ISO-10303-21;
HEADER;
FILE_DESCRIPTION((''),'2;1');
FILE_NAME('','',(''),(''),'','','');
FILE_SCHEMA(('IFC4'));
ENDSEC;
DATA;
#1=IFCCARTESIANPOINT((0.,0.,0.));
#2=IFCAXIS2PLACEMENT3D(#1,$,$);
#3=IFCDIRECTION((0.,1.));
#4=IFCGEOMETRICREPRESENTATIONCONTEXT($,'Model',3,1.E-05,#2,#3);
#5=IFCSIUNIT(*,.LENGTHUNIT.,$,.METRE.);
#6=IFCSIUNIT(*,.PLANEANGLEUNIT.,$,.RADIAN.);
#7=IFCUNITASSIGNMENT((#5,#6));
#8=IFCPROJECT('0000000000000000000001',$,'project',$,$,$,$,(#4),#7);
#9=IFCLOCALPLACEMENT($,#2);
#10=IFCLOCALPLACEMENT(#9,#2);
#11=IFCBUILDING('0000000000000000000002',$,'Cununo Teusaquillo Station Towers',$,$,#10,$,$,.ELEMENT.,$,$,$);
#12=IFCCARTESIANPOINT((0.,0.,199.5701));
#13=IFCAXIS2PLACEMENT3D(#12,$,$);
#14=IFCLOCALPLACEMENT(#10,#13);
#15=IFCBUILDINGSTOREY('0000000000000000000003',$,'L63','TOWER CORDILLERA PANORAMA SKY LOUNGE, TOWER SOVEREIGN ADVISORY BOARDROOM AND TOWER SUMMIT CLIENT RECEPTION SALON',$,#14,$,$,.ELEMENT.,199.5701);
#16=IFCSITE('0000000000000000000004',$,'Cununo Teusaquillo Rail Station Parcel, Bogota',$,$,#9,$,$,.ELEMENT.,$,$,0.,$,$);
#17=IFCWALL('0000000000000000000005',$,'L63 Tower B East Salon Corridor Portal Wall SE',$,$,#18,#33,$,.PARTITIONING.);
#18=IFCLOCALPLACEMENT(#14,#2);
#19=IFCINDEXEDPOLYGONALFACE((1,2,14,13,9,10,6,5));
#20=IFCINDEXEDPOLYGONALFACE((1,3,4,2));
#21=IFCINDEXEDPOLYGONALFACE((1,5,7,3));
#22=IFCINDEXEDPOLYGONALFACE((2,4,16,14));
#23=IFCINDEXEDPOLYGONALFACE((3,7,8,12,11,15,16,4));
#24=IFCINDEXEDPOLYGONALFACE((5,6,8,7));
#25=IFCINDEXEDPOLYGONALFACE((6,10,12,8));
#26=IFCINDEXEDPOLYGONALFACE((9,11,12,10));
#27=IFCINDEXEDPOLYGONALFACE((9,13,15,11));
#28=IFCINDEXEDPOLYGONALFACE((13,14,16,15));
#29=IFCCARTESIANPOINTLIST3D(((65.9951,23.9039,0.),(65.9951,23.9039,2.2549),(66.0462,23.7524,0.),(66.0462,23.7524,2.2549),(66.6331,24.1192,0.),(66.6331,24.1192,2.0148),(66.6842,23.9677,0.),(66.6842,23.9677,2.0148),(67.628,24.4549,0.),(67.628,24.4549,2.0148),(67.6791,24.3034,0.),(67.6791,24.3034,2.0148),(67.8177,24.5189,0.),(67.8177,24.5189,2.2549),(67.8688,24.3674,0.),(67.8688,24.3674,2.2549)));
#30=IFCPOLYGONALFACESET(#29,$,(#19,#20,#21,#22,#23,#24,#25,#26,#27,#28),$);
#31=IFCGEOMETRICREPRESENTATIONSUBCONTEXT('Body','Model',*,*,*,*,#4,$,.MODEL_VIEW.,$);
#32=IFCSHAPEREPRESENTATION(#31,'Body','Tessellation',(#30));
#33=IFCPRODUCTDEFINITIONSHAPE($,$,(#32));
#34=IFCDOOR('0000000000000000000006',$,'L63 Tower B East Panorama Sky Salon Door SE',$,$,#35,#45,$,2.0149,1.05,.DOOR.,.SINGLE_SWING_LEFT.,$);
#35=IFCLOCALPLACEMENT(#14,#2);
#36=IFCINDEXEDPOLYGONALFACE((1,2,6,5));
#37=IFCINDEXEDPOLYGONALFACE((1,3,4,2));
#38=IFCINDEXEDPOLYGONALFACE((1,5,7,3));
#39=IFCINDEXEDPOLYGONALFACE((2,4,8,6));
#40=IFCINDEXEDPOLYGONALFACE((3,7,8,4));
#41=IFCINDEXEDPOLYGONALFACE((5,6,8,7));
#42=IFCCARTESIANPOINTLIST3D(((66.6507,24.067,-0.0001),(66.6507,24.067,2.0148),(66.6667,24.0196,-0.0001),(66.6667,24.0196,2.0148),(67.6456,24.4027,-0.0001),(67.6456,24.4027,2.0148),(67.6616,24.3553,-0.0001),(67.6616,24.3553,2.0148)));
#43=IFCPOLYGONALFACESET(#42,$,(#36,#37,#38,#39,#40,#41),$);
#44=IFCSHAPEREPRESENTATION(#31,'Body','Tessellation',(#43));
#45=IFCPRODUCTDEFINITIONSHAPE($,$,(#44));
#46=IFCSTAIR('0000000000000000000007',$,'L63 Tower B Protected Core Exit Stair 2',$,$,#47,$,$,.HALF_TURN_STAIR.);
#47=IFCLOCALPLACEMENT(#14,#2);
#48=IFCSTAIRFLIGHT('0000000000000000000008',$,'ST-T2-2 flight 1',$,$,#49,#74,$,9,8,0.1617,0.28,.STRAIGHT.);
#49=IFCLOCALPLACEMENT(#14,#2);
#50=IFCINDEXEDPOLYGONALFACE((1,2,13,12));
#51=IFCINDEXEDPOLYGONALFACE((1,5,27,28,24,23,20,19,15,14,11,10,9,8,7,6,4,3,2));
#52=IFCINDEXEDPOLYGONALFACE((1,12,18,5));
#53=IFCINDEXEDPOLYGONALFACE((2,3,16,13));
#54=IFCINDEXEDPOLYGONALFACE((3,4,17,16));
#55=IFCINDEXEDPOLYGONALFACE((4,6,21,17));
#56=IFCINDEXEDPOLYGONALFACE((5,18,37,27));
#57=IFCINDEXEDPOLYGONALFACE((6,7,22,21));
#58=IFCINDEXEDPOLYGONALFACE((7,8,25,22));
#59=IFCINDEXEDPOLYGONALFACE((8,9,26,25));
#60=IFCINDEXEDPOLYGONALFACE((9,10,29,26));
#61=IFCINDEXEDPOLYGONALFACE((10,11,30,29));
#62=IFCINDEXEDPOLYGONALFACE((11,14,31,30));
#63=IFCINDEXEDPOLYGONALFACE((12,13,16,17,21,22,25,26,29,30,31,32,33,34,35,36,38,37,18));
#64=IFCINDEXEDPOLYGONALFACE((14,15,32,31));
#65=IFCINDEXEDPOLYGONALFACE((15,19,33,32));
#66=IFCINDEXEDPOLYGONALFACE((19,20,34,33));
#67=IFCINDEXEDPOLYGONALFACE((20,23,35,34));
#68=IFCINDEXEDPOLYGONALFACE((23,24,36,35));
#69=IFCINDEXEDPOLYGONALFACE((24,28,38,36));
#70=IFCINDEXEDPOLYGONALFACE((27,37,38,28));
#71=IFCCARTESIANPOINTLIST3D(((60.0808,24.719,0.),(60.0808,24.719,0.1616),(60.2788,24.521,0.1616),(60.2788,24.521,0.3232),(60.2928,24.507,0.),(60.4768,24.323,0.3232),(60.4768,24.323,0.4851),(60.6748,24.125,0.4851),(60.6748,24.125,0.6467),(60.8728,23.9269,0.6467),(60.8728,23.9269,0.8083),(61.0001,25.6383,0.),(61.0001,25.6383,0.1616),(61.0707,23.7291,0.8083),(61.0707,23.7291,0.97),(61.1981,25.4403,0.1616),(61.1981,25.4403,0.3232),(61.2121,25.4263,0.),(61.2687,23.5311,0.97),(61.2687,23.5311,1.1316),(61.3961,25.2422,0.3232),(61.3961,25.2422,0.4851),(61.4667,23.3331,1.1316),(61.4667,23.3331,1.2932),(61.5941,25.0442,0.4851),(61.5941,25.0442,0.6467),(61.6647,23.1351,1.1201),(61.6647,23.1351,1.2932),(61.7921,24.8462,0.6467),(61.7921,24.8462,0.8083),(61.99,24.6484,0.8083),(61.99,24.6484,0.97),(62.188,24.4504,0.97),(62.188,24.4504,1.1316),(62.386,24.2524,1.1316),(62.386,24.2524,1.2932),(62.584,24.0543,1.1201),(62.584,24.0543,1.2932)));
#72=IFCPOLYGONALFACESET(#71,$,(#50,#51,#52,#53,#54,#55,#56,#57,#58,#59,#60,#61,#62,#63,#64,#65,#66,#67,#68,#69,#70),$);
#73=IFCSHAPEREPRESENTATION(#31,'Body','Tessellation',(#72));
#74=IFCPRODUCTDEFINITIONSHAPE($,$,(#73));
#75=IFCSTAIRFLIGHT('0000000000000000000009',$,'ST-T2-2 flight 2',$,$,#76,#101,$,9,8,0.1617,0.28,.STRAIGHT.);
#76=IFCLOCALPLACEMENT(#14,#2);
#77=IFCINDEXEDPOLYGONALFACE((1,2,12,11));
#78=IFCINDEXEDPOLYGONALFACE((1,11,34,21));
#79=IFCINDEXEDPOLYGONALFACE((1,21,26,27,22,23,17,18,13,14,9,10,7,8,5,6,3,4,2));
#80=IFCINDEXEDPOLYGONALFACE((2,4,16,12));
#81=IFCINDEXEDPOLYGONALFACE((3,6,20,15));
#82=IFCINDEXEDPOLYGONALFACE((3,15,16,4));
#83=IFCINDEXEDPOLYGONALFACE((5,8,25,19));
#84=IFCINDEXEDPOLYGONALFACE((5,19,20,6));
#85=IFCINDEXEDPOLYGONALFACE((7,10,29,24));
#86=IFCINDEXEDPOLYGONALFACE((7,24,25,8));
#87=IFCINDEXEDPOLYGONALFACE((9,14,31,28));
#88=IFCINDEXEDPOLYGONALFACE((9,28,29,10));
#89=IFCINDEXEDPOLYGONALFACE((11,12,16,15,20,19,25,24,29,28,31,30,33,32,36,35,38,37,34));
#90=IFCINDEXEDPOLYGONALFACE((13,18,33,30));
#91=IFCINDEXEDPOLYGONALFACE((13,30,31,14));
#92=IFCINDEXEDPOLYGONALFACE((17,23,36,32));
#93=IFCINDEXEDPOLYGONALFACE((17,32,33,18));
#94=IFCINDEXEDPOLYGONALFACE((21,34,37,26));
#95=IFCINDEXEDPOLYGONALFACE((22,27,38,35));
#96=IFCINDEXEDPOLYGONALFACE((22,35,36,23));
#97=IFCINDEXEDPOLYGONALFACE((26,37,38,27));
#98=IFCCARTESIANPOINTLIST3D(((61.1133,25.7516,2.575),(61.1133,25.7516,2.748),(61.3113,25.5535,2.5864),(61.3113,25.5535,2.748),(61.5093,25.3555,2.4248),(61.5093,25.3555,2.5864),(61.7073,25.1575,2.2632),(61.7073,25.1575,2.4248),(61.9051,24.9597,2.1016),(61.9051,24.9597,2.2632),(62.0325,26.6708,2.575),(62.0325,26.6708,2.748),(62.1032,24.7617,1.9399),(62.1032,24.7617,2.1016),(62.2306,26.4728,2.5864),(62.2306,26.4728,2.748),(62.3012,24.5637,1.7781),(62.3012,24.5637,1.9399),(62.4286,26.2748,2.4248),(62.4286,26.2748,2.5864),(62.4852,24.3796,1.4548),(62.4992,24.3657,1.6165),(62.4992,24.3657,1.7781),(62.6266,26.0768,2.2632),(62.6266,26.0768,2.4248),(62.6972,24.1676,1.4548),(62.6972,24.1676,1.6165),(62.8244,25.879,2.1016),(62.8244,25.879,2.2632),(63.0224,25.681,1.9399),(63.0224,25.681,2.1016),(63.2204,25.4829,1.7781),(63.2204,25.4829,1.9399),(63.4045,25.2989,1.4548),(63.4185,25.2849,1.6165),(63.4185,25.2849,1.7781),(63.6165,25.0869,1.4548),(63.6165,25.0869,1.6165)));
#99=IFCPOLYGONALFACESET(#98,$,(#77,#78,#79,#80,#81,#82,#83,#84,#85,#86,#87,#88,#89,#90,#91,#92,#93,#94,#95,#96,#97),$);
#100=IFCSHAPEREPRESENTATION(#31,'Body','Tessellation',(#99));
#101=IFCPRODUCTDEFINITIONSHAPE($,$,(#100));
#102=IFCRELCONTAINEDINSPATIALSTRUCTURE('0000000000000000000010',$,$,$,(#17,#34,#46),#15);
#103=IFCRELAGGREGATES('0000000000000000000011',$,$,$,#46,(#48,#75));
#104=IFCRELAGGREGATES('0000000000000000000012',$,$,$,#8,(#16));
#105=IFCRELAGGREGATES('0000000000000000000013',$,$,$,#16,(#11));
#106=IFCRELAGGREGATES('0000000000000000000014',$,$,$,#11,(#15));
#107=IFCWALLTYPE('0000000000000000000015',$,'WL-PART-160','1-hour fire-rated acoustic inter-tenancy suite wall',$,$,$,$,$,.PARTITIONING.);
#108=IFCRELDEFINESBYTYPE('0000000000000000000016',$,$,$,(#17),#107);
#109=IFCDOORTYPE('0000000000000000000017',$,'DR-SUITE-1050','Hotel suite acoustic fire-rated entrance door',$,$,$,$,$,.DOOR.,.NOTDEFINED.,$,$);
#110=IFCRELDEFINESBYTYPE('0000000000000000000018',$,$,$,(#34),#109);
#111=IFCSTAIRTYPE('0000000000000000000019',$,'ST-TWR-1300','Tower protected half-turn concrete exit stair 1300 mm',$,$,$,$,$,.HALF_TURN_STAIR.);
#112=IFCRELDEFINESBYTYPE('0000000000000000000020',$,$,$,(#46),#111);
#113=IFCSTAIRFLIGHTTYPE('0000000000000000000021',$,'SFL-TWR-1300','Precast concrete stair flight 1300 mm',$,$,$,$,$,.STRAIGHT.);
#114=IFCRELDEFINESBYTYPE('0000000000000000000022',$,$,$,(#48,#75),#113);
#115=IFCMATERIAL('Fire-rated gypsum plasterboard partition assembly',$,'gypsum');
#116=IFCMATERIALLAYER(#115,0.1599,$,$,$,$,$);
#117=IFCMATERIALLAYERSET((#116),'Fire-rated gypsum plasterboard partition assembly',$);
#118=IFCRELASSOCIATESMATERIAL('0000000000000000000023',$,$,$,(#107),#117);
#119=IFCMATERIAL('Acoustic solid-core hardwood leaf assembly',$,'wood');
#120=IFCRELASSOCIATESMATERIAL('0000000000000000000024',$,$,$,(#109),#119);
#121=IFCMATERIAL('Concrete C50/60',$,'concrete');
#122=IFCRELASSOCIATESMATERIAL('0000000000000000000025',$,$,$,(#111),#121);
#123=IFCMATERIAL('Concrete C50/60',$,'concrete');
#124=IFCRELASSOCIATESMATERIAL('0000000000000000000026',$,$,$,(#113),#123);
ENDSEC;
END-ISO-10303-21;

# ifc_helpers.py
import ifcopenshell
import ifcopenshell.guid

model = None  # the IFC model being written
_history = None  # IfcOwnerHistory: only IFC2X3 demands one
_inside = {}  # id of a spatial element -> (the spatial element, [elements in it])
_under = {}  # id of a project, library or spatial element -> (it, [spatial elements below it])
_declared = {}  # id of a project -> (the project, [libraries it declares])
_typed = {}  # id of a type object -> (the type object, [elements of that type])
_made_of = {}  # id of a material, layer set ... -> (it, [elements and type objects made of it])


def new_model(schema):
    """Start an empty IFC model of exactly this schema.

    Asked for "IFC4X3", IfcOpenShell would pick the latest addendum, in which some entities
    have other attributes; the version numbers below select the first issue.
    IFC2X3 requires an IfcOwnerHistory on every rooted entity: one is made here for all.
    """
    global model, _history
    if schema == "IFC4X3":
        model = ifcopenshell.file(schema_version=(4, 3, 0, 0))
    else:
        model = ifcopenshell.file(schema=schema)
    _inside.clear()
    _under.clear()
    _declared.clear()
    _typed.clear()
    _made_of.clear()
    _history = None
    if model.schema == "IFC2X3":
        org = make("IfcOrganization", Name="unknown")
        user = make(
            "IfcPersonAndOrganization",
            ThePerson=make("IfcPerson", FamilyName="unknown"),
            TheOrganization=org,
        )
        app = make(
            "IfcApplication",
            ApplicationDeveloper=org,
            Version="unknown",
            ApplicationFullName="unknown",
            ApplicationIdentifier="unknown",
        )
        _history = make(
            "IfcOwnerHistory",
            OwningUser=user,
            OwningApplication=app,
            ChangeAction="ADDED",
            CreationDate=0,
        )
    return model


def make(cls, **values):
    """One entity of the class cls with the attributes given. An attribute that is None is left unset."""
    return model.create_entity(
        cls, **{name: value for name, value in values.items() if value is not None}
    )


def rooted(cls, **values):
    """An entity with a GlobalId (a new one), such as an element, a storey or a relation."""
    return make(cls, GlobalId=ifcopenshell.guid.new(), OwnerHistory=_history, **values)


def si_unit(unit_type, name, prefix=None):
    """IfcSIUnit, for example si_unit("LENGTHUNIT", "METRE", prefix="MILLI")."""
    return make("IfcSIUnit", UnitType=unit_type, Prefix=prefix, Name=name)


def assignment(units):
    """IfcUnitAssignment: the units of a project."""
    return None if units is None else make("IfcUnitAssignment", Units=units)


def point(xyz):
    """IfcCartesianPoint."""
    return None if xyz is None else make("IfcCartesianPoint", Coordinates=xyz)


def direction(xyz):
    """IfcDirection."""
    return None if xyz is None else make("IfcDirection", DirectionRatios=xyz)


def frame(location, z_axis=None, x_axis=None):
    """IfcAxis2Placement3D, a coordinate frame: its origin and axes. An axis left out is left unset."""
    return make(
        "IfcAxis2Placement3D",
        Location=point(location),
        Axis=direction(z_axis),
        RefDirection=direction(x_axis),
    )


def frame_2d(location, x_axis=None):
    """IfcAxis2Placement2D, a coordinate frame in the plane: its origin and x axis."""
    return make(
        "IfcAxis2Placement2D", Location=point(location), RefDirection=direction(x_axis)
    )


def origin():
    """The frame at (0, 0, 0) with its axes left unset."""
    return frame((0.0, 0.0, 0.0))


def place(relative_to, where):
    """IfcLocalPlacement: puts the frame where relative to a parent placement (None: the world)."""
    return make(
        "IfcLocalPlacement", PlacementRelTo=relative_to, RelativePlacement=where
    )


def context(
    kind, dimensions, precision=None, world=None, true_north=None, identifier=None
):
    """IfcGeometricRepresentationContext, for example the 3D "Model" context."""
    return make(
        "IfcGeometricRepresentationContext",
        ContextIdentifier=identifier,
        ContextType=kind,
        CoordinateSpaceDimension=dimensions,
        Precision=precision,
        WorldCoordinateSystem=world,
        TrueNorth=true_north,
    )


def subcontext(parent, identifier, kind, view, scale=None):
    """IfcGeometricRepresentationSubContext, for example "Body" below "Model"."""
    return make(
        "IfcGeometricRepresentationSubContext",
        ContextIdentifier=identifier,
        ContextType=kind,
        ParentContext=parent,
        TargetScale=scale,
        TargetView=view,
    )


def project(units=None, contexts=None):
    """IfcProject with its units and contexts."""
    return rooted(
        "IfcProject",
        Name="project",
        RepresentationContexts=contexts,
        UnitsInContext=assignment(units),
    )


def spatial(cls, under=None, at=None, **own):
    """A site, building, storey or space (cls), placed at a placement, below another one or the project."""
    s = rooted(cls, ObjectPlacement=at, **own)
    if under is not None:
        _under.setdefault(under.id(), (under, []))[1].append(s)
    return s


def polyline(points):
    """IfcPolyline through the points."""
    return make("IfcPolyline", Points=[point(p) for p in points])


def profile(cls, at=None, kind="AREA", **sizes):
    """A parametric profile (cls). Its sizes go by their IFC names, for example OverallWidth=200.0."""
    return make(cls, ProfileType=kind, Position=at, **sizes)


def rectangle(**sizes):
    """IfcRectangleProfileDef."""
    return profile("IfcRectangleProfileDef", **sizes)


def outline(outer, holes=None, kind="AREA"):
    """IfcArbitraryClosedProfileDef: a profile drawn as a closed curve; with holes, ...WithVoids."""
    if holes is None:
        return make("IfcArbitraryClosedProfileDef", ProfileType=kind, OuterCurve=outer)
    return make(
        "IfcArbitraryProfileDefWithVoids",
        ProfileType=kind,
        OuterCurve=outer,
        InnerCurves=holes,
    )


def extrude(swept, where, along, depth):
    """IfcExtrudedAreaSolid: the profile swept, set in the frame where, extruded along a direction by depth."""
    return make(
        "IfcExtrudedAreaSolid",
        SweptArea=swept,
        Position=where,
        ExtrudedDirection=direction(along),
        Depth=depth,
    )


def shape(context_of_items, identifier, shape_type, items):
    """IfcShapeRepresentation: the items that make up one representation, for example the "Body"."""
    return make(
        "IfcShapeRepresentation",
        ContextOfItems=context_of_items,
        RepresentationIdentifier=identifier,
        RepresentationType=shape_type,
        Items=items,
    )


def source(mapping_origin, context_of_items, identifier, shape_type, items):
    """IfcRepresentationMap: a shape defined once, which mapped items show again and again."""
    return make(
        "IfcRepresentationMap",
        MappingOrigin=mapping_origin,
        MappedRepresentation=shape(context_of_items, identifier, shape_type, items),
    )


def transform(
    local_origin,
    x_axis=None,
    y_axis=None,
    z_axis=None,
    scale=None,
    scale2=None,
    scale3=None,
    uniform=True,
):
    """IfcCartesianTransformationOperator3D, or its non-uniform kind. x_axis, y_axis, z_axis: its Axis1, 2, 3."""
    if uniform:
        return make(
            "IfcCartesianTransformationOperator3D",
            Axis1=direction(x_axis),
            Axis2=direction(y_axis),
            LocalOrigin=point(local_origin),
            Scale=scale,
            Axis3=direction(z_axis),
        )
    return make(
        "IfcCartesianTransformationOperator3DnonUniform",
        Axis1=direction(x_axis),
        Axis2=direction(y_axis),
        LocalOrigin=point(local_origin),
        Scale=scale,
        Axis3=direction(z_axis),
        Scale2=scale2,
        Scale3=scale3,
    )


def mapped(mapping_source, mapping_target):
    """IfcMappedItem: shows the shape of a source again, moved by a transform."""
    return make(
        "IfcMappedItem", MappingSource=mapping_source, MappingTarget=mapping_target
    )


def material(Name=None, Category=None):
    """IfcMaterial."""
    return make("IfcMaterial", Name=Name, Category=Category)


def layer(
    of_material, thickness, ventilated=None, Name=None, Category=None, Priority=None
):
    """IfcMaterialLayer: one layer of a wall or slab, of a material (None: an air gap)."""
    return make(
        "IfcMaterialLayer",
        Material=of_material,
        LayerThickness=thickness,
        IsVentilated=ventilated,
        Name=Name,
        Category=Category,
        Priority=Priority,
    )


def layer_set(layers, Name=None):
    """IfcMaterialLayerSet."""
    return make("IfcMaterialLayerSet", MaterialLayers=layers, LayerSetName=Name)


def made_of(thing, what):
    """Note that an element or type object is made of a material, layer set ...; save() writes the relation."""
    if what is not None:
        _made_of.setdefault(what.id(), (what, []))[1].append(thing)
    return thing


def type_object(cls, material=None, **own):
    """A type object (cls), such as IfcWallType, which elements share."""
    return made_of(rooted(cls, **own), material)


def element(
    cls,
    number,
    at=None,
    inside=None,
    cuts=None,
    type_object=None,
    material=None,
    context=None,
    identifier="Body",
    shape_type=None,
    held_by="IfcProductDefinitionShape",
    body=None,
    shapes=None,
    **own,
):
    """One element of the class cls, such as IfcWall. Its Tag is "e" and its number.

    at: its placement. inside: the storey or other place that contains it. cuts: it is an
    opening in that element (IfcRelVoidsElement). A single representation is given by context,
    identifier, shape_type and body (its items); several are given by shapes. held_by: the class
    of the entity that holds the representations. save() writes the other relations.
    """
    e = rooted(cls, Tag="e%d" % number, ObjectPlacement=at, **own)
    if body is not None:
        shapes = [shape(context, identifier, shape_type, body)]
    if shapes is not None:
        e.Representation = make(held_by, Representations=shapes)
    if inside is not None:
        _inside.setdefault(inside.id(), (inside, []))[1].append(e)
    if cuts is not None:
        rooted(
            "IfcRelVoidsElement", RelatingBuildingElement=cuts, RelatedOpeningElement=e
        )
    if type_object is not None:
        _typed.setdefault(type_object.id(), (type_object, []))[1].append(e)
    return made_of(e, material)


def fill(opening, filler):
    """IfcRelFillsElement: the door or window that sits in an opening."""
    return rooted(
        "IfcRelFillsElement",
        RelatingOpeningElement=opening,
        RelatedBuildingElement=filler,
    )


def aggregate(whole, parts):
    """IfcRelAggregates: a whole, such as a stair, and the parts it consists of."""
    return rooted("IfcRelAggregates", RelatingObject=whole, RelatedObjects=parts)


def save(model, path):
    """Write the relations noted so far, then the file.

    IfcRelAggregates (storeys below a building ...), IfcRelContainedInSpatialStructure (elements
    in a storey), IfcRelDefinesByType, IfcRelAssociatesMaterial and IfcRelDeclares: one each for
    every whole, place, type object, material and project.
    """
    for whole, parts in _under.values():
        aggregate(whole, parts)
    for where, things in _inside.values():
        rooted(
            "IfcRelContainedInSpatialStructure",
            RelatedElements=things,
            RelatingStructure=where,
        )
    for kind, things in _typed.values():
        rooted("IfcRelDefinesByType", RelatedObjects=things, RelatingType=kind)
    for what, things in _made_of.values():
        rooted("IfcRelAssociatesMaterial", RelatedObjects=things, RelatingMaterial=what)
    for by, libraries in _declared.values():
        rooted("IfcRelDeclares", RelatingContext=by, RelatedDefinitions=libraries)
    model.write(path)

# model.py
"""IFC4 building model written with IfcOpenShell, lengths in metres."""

from ifc_helpers import new_model, si_unit, direction, frame, frame_2d, origin, place, context, subcontext, project, spatial, polyline, rectangle, outline, extrude, source, transform, mapped, material, layer, layer_set, type_object, element, fill, aggregate, save


model = new_model("IFC4")

# Units and contexts
model_context = context("Model", 3, precision=1e-05, world=origin(), true_north=direction((0.0, 1.0)))
body_context = subcontext(model_context, "Body", "Model", "MODEL_VIEW")
ifc_project = project(units=[si_unit("LENGTHUNIT", "METRE"), si_unit("PLANEANGLEUNIT", "RADIAN")], contexts=[model_context])

# Site, building, storey
site_placement = place(None, origin())
site = spatial("IfcSite", under=ifc_project, at=site_placement, Name="Cununo Teusaquillo Rail Station Parcel, Bogota", CompositionType="ELEMENT", RefElevation=0.0)
building_placement = place(site_placement, origin())
building = spatial("IfcBuilding", under=site, at=building_placement, Name="Cununo Teusaquillo Station Towers", CompositionType="ELEMENT")
storey_placement = place(building_placement, frame((0.0, 0.0, 199.5701)))
storey = spatial("IfcBuildingStorey", under=building, at=storey_placement, Name="L63", Description="TOWER CORDILLERA PANORAMA SKY LOUNGE, TOWER SOVEREIGN ADVISORY BOARDROOM AND TOWER SUMMIT CLIENT RECEPTION SALON", CompositionType="ELEMENT", Elevation=199.5701)

# Wall, opening, door
ifc_material_1 = material(Name="Fire-rated gypsum plasterboard partition assembly", Category="gypsum")
ifc_layer_1 = layer(ifc_material_1, 0.1599)
ifc_layer_set_1 = layer_set([ifc_layer_1], Name="Fire-rated gypsum plasterboard partition assembly")
wall_type_1 = type_object("IfcWallType", Name="WL-PART-160", Description="1-hour fire-rated acoustic inter-tenancy suite wall", PredefinedType="PARTITIONING", material=ifc_layer_set_1)
wall_1_placement = place(storey_placement, frame((66.0205, 23.8281, 0.0), z_axis=(0.0, 0.0, 1.0), x_axis=(0.947522, 0.31969, 0.0)))
wall_1 = element("IfcWall", 1, at=wall_1_placement, inside=storey, type_object=wall_type_1, Name="L63 Tower B East Salon Corridor Portal Wall SE", PredefinedType="PARTITIONING", context=body_context, shape_type="SweptSolid", body=[
    extrude(rectangle(XDim=1.9236, YDim=0.1599, at=frame_2d((0.9619, 0.0))), origin(), (0.0, 0.0, 1.0), 2.2549),
])
shared_shape_1 = source(origin(), body_context, "Body", "SweptSolid", [
    extrude(rectangle(XDim=1.05, YDim=2.0149, at=frame_2d((0.5249, 1.0073))), frame((0.0, 0.0898, 0.0), z_axis=(0.0, -1.0, 0.0), x_axis=(1.0, 0.0, 0.0)), (0.0, 0.0, 1.0), 0.1799),
])
opening_1_placement = place(wall_1_placement, frame((0.6736, 0.0, 0.0)))
opening_1 = element("IfcOpeningElement", 2, at=opening_1_placement, cuts=wall_1, PredefinedType="OPENING", context=body_context, shape_type="MappedRepresentation", body=[
    mapped(shared_shape_1, transform((0.0, 0.0, 0.0), x_axis=(1.0, 0.0, 0.0), y_axis=(0.0, 1.0, 0.0), z_axis=(0.0, 0.0, 1.0), scale=1.0)),
])
ifc_material_2 = material(Name="Acoustic solid-core hardwood leaf assembly", Category="wood")
door_type = type_object("IfcDoorType", Name="DR-SUITE-1050", Description="Hotel suite acoustic fire-rated entrance door", OperationType="NOTDEFINED", PredefinedType="DOOR", material=ifc_material_2)
shared_shape_2 = source(origin(), body_context, "Body", "SweptSolid", [
    extrude(rectangle(XDim=1.05, YDim=2.0149, at=frame_2d((0.5249, 1.0073))), frame((0.0, 0.0249, 0.0), z_axis=(0.0, -1.0, 0.0), x_axis=(1.0, 0.0, 0.0)), (0.0, 0.0, 1.0), 0.05),
])
door_placement = place(opening_1_placement, origin())
door = element("IfcDoor", 3, at=door_placement, inside=storey, type_object=door_type, Name="L63 Tower B East Panorama Sky Salon Door SE", OperationType="SINGLE_SWING_LEFT", OverallHeight=2.0149, OverallWidth=1.05, PredefinedType="DOOR", context=body_context, shape_type="MappedRepresentation", body=[
    mapped(shared_shape_2, transform((0.0, 0.0, 0.0), x_axis=(1.0, 0.0, 0.0), y_axis=(0.0, 1.0, 0.0), z_axis=(0.0, 0.0, 1.0), scale=1.0)),
])
fill(opening_1, door)

# Stair, stair flights
ifc_material_3 = material(Name="Concrete C50/60", Category="concrete")
stair_type = type_object("IfcStairType", Name="ST-TWR-1300", Description="Tower protected half-turn concrete exit stair 1300 mm", PredefinedType="HALF_TURN_STAIR", material=ifc_material_3)
stair_placement = place(storey_placement, origin())
stair = element("IfcStair", 4, at=stair_placement, inside=storey, type_object=stair_type, Name="L63 Tower B Protected Core Exit Stair 2", PredefinedType="HALF_TURN_STAIR")
ifc_material_4 = material(Name="Concrete C50/60", Category="concrete")
stair_flight_type = type_object("IfcStairFlightType", Name="SFL-TWR-1300", Description="Precast concrete stair flight 1300 mm", PredefinedType="STRAIGHT", material=ifc_material_4)
stair_flight_1_placement = place(storey_placement, frame((60.5405, 25.1787, 0.0), z_axis=(0.0, 0.0, 1.0), x_axis=(0.707107, -0.707107, 0.0)))
stair_flight_1 = element("IfcStairFlight", 5, at=stair_flight_1_placement, type_object=stair_flight_type, Name="ST-T2-2 flight 1", NumberOfRisers=9, NumberOfTreads=8, PredefinedType="STRAIGHT", RiserHeight=0.1617, TreadLength=0.28, context=body_context, shape_type="SweptSolid", body=[
    extrude(outline(polyline([(0.0, 0.0), (0.0, 0.1616), (0.28, 0.1616), (0.28, 0.3232), (0.5601, 0.3232), (0.5601, 0.4851), (0.8401, 0.4851), (0.8401, 0.6467), (1.1201, 0.6467), (1.1201, 0.8083), (1.3999, 0.8083), (1.3999, 0.97), (1.6799, 0.97), (1.6799, 1.1316), (1.96, 1.1316), (1.96, 1.2932), (2.24, 1.2932), (2.24, 1.4551), (2.24, 1.1201), (0.2998, 0.0), (0.0, 0.0)])), frame((0.0, 0.6499, 0.0), z_axis=(0.0, -1.0, 0.0), x_axis=(1.0, 0.0, 0.0)), (0.0, 0.0, 1.0), 1.3),
])
stair_flight_2_placement = place(storey_placement, frame((63.1567, 24.6272, 1.4548), z_axis=(0.0, 0.0, 1.0), x_axis=(-0.707107, 0.707107, 0.0)))
stair_flight_2 = element("IfcStairFlight", 6, at=stair_flight_2_placement, type_object=stair_flight_type, Name="ST-T2-2 flight 2", NumberOfRisers=9, NumberOfTreads=8, PredefinedType="STRAIGHT", RiserHeight=0.1617, TreadLength=0.28, context=body_context, shape_type="SweptSolid", body=[
    extrude(outline(polyline([(0.0, 0.0), (0.0, 0.1616), (0.28, 0.1616), (0.28, 0.3232), (0.5601, 0.3232), (0.5601, 0.4851), (0.8401, 0.4851), (0.8401, 0.6467), (1.1201, 0.6467), (1.1201, 0.8083), (1.3999, 0.8083), (1.3999, 0.97), (1.6799, 0.97), (1.6799, 1.1316), (1.96, 1.1316), (1.96, 1.2932), (2.24, 1.2932), (2.24, 1.4551), (2.24, 1.1201), (0.2998, 0.0), (0.0, 0.0)])), frame((0.0, 0.6499, 0.0), z_axis=(0.0, -1.0, 0.0), x_axis=(1.0, 0.0, 0.0)), (0.0, 0.0, 1.0), 1.3),
])
aggregate(stair, [stair_flight_1, stair_flight_2])

save(model, "model.ifc")
